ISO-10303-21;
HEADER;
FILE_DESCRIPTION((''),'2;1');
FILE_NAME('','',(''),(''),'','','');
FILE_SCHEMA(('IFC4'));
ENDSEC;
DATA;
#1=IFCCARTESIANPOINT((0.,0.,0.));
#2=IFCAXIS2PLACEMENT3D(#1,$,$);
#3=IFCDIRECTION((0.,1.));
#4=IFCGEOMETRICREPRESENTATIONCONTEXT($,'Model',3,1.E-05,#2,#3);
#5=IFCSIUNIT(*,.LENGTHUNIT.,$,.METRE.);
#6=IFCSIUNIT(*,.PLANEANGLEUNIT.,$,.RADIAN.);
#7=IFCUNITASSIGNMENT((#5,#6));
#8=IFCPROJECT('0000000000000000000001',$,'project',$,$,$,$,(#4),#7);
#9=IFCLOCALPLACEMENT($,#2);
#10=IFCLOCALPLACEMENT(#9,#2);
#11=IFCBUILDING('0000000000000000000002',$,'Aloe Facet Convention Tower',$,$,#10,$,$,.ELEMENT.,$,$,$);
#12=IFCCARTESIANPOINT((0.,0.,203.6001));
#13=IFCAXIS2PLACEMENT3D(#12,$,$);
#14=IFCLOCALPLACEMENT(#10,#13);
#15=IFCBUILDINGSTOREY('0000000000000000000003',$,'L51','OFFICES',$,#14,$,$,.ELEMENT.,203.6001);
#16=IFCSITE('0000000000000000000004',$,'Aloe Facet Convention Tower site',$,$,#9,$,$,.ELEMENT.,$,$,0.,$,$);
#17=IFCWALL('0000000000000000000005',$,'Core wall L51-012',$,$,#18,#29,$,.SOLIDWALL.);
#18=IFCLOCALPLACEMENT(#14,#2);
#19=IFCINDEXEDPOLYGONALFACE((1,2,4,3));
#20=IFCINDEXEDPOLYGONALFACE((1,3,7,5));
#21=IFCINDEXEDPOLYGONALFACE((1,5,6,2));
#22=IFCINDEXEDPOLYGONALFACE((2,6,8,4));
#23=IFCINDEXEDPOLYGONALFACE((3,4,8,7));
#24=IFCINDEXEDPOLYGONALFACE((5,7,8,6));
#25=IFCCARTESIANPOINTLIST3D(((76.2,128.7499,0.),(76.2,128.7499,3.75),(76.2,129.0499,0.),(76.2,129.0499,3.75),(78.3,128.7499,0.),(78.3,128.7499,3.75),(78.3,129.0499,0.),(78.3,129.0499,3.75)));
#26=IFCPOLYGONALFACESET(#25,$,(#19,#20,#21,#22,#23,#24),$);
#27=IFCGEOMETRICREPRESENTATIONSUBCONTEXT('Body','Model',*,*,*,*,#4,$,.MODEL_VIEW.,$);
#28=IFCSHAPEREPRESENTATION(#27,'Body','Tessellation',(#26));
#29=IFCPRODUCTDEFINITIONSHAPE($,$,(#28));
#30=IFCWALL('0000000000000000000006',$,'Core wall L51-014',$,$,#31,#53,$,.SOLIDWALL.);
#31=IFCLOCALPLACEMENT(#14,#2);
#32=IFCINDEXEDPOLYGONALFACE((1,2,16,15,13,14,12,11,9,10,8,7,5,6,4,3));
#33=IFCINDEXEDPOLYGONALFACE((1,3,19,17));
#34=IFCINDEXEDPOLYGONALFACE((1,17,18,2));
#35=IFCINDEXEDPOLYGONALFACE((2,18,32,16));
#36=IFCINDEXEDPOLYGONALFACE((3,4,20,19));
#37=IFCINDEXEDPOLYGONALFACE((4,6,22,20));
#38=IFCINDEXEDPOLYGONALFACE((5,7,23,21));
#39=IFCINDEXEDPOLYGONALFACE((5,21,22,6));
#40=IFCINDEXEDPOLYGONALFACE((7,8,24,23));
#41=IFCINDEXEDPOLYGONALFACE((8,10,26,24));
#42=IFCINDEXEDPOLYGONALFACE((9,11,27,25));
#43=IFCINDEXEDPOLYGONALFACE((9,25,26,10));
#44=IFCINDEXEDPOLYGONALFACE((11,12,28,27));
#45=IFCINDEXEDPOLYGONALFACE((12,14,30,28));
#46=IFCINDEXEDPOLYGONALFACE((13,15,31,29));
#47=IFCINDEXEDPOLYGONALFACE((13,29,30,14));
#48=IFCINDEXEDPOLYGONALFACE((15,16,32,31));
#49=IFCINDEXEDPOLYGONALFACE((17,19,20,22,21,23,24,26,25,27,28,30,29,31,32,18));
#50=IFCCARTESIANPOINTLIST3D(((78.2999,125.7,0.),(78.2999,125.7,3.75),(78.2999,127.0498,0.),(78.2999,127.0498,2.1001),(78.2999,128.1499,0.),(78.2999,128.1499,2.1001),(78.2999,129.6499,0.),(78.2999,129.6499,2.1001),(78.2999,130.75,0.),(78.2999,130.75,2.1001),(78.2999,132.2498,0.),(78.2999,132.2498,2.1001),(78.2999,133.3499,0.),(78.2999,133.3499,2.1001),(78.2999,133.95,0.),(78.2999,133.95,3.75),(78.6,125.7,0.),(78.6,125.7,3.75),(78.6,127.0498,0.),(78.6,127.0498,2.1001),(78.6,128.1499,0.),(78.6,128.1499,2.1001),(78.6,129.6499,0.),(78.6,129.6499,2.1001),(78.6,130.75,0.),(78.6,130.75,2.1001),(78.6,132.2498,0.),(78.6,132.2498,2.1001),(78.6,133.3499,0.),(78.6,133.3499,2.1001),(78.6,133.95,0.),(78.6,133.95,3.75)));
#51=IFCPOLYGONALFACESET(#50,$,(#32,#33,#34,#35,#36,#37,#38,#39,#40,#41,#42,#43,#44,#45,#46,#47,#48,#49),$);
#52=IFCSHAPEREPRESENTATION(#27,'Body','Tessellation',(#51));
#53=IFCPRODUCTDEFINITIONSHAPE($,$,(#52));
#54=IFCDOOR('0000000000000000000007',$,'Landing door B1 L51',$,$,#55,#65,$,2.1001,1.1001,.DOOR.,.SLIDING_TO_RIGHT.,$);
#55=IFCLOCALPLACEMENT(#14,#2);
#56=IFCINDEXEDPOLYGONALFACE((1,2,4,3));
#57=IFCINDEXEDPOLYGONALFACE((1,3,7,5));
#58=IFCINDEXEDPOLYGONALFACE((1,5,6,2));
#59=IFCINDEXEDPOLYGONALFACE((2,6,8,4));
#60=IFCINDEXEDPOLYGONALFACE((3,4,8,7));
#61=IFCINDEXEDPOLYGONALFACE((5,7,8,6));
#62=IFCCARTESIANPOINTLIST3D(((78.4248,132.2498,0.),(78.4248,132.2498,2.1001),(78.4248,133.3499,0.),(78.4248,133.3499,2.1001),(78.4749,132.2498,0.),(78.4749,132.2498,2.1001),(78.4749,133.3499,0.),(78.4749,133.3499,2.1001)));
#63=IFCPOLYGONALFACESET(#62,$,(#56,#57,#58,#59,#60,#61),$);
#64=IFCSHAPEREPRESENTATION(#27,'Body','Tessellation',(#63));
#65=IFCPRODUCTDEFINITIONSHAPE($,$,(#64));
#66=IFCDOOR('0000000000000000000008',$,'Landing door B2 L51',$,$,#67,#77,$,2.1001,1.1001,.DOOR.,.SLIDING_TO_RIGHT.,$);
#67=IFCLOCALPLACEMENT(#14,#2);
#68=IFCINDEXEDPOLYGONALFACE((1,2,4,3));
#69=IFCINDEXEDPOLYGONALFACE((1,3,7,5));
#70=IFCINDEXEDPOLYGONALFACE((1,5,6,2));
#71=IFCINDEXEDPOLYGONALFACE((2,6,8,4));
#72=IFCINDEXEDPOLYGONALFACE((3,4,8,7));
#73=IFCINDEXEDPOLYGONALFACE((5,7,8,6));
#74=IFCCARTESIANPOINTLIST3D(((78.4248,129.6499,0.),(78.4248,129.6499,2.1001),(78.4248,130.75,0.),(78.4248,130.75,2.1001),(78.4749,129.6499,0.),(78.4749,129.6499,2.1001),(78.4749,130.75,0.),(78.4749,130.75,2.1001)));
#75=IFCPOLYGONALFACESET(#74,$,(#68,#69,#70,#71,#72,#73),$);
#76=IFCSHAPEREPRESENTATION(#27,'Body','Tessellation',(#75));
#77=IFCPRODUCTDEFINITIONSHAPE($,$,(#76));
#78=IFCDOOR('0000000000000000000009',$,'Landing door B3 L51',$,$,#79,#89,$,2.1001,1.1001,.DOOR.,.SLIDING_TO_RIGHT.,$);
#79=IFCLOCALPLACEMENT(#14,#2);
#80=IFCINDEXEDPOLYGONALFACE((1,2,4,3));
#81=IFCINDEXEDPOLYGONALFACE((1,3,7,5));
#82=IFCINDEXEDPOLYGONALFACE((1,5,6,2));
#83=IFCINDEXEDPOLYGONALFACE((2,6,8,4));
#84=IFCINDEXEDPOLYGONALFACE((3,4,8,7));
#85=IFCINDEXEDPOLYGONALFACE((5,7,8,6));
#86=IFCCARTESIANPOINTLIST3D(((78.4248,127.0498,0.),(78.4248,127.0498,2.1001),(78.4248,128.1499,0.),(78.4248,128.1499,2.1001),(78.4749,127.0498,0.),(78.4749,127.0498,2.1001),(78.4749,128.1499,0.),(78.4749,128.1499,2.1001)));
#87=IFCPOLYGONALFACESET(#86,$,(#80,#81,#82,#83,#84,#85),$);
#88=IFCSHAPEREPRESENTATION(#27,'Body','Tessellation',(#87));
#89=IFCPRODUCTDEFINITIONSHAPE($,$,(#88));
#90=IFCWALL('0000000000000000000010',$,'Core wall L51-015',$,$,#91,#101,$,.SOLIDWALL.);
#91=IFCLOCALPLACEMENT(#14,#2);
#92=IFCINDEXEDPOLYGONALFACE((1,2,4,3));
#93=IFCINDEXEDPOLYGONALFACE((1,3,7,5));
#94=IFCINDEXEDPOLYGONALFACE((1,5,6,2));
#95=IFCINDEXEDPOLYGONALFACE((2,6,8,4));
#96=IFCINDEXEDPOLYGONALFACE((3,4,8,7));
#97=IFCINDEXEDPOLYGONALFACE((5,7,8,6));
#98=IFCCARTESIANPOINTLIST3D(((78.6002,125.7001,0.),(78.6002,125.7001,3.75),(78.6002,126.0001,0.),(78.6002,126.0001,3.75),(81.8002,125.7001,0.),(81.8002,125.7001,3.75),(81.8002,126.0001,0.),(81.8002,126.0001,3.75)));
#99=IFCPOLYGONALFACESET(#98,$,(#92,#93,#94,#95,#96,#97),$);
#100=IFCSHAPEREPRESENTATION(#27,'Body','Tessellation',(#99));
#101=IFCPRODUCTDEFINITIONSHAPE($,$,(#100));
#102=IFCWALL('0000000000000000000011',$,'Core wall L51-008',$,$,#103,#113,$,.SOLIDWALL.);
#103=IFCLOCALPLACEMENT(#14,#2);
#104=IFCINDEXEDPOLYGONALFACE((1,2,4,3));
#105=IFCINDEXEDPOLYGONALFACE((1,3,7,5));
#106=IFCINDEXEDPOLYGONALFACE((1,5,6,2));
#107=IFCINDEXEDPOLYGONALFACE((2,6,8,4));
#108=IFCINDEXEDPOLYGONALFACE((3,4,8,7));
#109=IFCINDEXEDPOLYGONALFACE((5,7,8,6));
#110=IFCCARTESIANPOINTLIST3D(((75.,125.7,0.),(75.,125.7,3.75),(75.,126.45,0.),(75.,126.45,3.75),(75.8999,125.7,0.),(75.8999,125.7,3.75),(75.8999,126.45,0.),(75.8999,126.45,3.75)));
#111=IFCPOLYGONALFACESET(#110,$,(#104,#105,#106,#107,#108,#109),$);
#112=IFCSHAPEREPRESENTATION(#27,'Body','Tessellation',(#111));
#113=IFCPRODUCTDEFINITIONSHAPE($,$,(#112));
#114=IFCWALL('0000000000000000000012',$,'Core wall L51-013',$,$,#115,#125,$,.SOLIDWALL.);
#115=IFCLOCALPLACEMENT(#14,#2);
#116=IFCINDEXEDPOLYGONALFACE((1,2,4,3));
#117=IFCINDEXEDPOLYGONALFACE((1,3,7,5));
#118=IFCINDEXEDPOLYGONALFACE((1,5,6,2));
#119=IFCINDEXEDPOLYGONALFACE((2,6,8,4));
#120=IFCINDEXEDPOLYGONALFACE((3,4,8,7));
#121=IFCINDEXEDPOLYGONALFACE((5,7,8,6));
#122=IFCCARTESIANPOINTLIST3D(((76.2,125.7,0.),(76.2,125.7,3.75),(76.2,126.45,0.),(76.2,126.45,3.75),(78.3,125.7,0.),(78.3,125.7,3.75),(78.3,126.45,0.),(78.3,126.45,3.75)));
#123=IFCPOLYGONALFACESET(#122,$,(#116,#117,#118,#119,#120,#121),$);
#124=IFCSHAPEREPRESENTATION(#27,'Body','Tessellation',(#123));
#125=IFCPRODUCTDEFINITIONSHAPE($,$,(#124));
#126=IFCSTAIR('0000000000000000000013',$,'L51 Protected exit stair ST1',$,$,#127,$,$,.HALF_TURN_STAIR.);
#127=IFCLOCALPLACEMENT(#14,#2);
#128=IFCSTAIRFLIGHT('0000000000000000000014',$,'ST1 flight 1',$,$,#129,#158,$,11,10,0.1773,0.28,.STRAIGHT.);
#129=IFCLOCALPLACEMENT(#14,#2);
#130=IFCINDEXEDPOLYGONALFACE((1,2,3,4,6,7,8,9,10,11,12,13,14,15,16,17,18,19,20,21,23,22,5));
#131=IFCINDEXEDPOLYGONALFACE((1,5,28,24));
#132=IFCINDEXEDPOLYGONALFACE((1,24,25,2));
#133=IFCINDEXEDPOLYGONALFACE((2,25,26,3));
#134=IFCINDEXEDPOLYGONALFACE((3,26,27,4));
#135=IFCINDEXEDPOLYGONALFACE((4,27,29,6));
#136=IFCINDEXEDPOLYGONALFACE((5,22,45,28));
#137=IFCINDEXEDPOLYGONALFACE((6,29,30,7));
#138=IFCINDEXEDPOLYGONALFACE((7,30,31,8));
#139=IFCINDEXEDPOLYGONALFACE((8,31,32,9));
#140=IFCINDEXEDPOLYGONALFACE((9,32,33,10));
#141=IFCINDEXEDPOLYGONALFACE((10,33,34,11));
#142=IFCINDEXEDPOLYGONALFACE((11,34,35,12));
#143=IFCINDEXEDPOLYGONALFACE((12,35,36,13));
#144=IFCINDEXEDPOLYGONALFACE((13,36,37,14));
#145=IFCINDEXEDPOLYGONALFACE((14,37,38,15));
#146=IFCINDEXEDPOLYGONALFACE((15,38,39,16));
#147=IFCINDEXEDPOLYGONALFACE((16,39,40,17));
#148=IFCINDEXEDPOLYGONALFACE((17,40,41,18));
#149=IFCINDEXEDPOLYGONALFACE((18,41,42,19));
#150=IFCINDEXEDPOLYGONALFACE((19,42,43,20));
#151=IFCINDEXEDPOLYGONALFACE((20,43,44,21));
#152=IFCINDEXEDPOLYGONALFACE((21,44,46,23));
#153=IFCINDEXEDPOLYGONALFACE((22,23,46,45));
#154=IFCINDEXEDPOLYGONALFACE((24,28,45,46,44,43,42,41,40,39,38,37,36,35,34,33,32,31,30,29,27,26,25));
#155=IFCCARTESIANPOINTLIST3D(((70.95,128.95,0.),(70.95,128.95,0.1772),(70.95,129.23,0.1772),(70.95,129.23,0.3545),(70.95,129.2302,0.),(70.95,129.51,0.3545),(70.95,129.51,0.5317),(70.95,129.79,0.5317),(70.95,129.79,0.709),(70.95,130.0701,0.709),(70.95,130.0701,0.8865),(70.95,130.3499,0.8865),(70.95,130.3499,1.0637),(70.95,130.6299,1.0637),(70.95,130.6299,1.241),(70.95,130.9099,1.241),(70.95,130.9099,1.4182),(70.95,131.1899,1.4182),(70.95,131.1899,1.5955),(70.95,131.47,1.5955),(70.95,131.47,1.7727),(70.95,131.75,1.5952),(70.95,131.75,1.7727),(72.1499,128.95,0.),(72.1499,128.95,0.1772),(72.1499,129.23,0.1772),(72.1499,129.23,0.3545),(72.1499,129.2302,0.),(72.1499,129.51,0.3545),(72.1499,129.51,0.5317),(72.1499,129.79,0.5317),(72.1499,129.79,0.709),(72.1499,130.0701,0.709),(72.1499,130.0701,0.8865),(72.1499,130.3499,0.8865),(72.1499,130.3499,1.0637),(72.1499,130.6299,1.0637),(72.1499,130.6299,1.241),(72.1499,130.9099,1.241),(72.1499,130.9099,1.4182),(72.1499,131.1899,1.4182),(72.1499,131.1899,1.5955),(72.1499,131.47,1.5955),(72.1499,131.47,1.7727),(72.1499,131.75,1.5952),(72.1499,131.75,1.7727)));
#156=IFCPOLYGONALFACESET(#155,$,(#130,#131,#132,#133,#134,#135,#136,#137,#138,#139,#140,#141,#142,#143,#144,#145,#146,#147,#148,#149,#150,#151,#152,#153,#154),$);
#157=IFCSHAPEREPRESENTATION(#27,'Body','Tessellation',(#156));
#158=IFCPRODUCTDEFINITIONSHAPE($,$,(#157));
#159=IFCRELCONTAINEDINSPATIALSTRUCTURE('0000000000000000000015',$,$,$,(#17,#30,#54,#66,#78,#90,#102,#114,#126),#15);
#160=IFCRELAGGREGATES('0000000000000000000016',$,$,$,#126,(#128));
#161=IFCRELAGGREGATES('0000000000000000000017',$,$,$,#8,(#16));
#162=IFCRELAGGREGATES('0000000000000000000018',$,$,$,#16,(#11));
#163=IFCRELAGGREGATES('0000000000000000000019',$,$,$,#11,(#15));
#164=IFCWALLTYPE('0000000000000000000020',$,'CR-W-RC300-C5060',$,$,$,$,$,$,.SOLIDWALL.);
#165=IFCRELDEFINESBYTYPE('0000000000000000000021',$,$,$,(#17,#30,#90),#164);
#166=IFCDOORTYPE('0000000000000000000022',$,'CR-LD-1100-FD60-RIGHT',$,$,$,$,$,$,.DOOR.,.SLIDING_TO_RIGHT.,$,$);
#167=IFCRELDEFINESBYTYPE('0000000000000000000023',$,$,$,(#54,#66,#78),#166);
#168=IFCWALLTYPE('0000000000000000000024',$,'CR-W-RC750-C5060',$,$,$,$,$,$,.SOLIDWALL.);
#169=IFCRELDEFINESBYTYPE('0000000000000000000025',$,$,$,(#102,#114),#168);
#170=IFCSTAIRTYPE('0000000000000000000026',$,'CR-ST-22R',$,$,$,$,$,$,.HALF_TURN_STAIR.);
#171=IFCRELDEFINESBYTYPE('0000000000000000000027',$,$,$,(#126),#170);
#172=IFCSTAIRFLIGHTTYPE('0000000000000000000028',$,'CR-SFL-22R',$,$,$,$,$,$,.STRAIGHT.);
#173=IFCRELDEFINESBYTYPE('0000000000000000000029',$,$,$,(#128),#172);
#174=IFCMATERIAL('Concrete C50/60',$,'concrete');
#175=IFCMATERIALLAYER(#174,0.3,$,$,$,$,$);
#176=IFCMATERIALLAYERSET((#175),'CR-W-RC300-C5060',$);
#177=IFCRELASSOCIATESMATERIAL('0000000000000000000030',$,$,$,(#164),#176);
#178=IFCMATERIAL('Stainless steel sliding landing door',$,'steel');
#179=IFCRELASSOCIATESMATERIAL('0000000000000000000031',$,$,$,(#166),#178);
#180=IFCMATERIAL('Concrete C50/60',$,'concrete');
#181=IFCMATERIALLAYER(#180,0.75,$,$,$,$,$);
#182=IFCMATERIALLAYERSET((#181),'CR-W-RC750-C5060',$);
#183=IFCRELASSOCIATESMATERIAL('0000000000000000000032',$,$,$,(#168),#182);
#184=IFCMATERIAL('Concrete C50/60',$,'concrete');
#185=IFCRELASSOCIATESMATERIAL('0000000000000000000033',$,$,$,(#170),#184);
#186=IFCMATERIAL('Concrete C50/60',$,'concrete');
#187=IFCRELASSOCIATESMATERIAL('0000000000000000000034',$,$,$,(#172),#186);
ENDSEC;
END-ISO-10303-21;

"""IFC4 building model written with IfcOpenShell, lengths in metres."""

from ifc_helpers import new_model, si_unit, direction, frame, frame_2d, origin, place, context, subcontext, project, spatial, polyline, rectangle, outline, extrude, material, layer, layer_set, type_object, element, fill, aggregate, save


model = new_model("IFC4")

# Units and contexts
model_context = context("Model", 3, precision=1e-05, world=origin(), true_north=direction((0.0, 1.0)))
body_context = subcontext(model_context, "Body", "Model", "MODEL_VIEW")
ifc_project = project(units=[si_unit("LENGTHUNIT", "METRE"), si_unit("PLANEANGLEUNIT", "RADIAN")], contexts=[model_context])

# Site, building, storey
site_placement = place(None, origin())
site = spatial("IfcSite", under=ifc_project, at=site_placement, Name="Aloe Facet Convention Tower site", CompositionType="ELEMENT", RefElevation=0.0)
building_placement = place(site_placement, origin())
building = spatial("IfcBuilding", under=site, at=building_placement, Name="Aloe Facet Convention Tower", CompositionType="ELEMENT")
storey_placement = place(building_placement, frame((0.0, 0.0, 203.6001)))
storey = spatial("IfcBuildingStorey", under=building, at=storey_placement, Name="L51", Description="OFFICES", CompositionType="ELEMENT", Elevation=203.6001)

# Shared definitions
ifc_material_1 = material(Name="Concrete C50/60", Category="concrete")
ifc_layer_1 = layer(ifc_material_1, 0.3)
ifc_layer_set_1 = layer_set([ifc_layer_1], Name="CR-W-RC300-C5060")
wall_type_1 = type_object("IfcWallType", Name="CR-W-RC300-C5060", PredefinedType="SOLIDWALL", material=ifc_layer_set_1)

# Wall
for number, where, z_axis, x_axis, name in (
    (1, (76.2, 128.8999, 0.0), (0.0, 0.0, 1.0), (1.0, 0.0, 0.0), "Core wall L51-012"),
):
    element("IfcWall", number, at=place(storey_placement, frame(where, z_axis=z_axis, x_axis=x_axis)), inside=storey, type_object=wall_type_1, Name=name, PredefinedType="SOLIDWALL", context=body_context, shape_type="SweptSolid", body=[
        extrude(rectangle(XDim=2.1001, YDim=0.3, at=frame_2d((1.05, 0.0))), origin(), (0.0, 0.0, 1.0), 3.75),
    ])

# Wall, openings, doors
wall_1_placement = place(storey_placement, frame((78.45, 133.95, 0.0), z_axis=(0.0, 0.0, 1.0), x_axis=(0.0, -1.0, 0.0)))
wall_1 = element("IfcWall", 2, at=wall_1_placement, inside=storey, type_object=wall_type_1, Name="Core wall L51-014", PredefinedType="SOLIDWALL", context=body_context, shape_type="SweptSolid", body=[
    extrude(rectangle(XDim=8.25, YDim=0.3, at=frame_2d((4.125, 0.0))), origin(), (0.0, 0.0, 1.0), 3.75),
])
opening_1_placement = place(wall_1_placement, frame((0.6001, 0.0, 0.0)))
opening_1 = element("IfcOpeningElement", 3, at=opening_1_placement, cuts=wall_1, PredefinedType="OPENING", context=body_context, shape_type="SweptSolid", body=[
    extrude(rectangle(XDim=1.1001, YDim=2.1001, at=frame_2d((0.55, 1.05))), frame((0.0, 0.1602, 0.0), z_axis=(0.0, -1.0, 0.0), x_axis=(1.0, 0.0, 0.0)), (0.0, 0.0, 1.0), 0.3201),
])
opening_2_placement = place(wall_1_placement, frame((3.2, 0.0, 0.0)))
opening_2 = element("IfcOpeningElement", 4, at=opening_2_placement, cuts=wall_1, PredefinedType="OPENING", context=body_context, shape_type="SweptSolid", body=[
    extrude(rectangle(XDim=1.1001, YDim=2.1001, at=frame_2d((0.55, 1.05))), frame((0.0, 0.1602, 0.0), z_axis=(0.0, -1.0, 0.0), x_axis=(1.0, 0.0, 0.0)), (0.0, 0.0, 1.0), 0.3201),
])
opening_3_placement = place(wall_1_placement, frame((5.8, 0.0, 0.0)))
opening_3 = element("IfcOpeningElement", 5, at=opening_3_placement, cuts=wall_1, PredefinedType="OPENING", context=body_context, shape_type="SweptSolid", body=[
    extrude(rectangle(XDim=1.1001, YDim=2.1001, at=frame_2d((0.55, 1.05))), frame((0.0, 0.1602, 0.0), z_axis=(0.0, -1.0, 0.0), x_axis=(1.0, 0.0, 0.0)), (0.0, 0.0, 1.0), 0.3201),
])
ifc_material_2 = material(Name="Stainless steel sliding landing door", Category="steel")
door_type_1 = type_object("IfcDoorType", Name="CR-LD-1100-FD60-RIGHT", OperationType="SLIDING_TO_RIGHT", PredefinedType="DOOR", material=ifc_material_2)
door_1_placement = place(opening_1_placement, origin())
door_1 = element("IfcDoor", 6, at=door_1_placement, inside=storey, type_object=door_type_1, Name="Landing door B1 L51", OperationType="SLIDING_TO_RIGHT", OverallHeight=2.1001, OverallWidth=1.1001, PredefinedType="DOOR", context=body_context, shape_type="SweptSolid", body=[
    extrude(rectangle(XDim=1.1001, YDim=2.1001, at=frame_2d((0.55, 1.05))), frame((0.0, 0.0249, 0.0), z_axis=(0.0, -1.0, 0.0), x_axis=(1.0, 0.0, 0.0)), (0.0, 0.0, 1.0), 0.05),
])
fill(opening_1, door_1)
door_2_placement = place(opening_2_placement, origin())
door_2 = element("IfcDoor", 7, at=door_2_placement, inside=storey, type_object=door_type_1, Name="Landing door B2 L51", OperationType="SLIDING_TO_RIGHT", OverallHeight=2.1001, OverallWidth=1.1001, PredefinedType="DOOR", context=body_context, shape_type="SweptSolid", body=[
    extrude(rectangle(XDim=1.1001, YDim=2.1001, at=frame_2d((0.55, 1.05))), frame((0.0, 0.0249, 0.0), z_axis=(0.0, -1.0, 0.0), x_axis=(1.0, 0.0, 0.0)), (0.0, 0.0, 1.0), 0.05),
])
fill(opening_2, door_2)
door_3_placement = place(opening_3_placement, origin())
door_3 = element("IfcDoor", 8, at=door_3_placement, inside=storey, type_object=door_type_1, Name="Landing door B3 L51", OperationType="SLIDING_TO_RIGHT", OverallHeight=2.1001, OverallWidth=1.1001, PredefinedType="DOOR", context=body_context, shape_type="SweptSolid", body=[
    extrude(rectangle(XDim=1.1001, YDim=2.1001, at=frame_2d((0.55, 1.05))), frame((0.0, 0.0249, 0.0), z_axis=(0.0, -1.0, 0.0), x_axis=(1.0, 0.0, 0.0)), (0.0, 0.0, 1.0), 0.05),
])
fill(opening_3, door_3)

# Walls
wall_2_placement = place(storey_placement, frame((78.6001, 125.8501, 0.0), z_axis=(0.0, 0.0, 1.0), x_axis=(1.0, 0.0, 0.0)))
element("IfcWall", 9, at=wall_2_placement, inside=storey, type_object=wall_type_1, Name="Core wall L51-015", PredefinedType="SOLIDWALL", context=body_context, shape_type="SweptSolid", body=[
    extrude(rectangle(XDim=3.2, YDim=0.3, at=frame_2d((1.6001, 0.0))), origin(), (0.0, 0.0, 1.0), 3.75),
])
ifc_material_3 = material(Name="Concrete C50/60", Category="concrete")
ifc_layer_2 = layer(ifc_material_3, 0.75)
ifc_layer_set_2 = layer_set([ifc_layer_2], Name="CR-W-RC750-C5060")
wall_type_2 = type_object("IfcWallType", Name="CR-W-RC750-C5060", PredefinedType="SOLIDWALL", material=ifc_layer_set_2)
wall_3_placement = place(storey_placement, frame((75.0, 126.075, 0.0), z_axis=(0.0, 0.0, 1.0), x_axis=(1.0, 0.0, 0.0)))
element("IfcWall", 10, at=wall_3_placement, inside=storey, type_object=wall_type_2, Name="Core wall L51-008", PredefinedType="SOLIDWALL", context=body_context, shape_type="SweptSolid", body=[
    extrude(rectangle(XDim=0.8999, YDim=0.75, at=frame_2d((0.45, 0.0))), origin(), (0.0, 0.0, 1.0), 3.75),
])
wall_4_placement = place(storey_placement, frame((76.2, 126.075, 0.0), z_axis=(0.0, 0.0, 1.0), x_axis=(1.0, 0.0, 0.0)))
element("IfcWall", 11, at=wall_4_placement, inside=storey, type_object=wall_type_2, Name="Core wall L51-013", PredefinedType="SOLIDWALL", context=body_context, shape_type="SweptSolid", body=[
    extrude(rectangle(XDim=2.1001, YDim=0.75, at=frame_2d((1.05, 0.0))), origin(), (0.0, 0.0, 1.0), 3.75),
])

# Stair, stair flight
ifc_material_4 = material(Name="Concrete C50/60", Category="concrete")
stair_type = type_object("IfcStairType", Name="CR-ST-22R", PredefinedType="HALF_TURN_STAIR", material=ifc_material_4)
stair_1_placement = place(storey_placement, origin())
stair_1 = element("IfcStair", 12, at=stair_1_placement, inside=storey, type_object=stair_type, Name="L51 Protected exit stair ST1", PredefinedType="HALF_TURN_STAIR")
ifc_material_5 = material(Name="Concrete C50/60", Category="concrete")
stair_flight_type = type_object("IfcStairFlightType", Name="CR-SFL-22R", PredefinedType="STRAIGHT", material=ifc_material_5)
stair_flight_1_placement = place(storey_placement, frame((71.55, 128.95, 0.0), z_axis=(0.0, 0.0, 1.0), x_axis=(0.0, 1.0, 0.0)))
stair_flight_1 = element("IfcStairFlight", 13, at=stair_flight_1_placement, type_object=stair_flight_type, Name="ST1 flight 1", NumberOfRisers=11, NumberOfTreads=10, PredefinedType="STRAIGHT", RiserHeight=0.1773, TreadLength=0.28, context=body_context, shape_type="SweptSolid", body=[
    extrude(outline(polyline([(0.0, 0.0), (0.0, 0.1772), (0.28, 0.1772), (0.28, 0.3545), (0.5601, 0.3545), (0.5601, 0.5317), (0.8401, 0.5317), (0.8401, 0.709), (1.1201, 0.709), (1.1201, 0.8865), (1.3999, 0.8865), (1.3999, 1.0637), (1.6799, 1.0637), (1.6799, 1.241), (1.96, 1.241), (1.96, 1.4182), (2.24, 1.4182), (2.24, 1.5955), (2.52, 1.5955), (2.52, 1.7727), (2.8, 1.7727), (2.8, 1.95), (2.8, 1.5952), (0.2803, 0.0), (0.0, 0.0)])), frame((0.0, 0.6001, 0.0), z_axis=(0.0, -1.0, 0.0), x_axis=(1.0, 0.0, 0.0)), (0.0, 0.0, 1.0), 1.2),
])
aggregate(stair_1, [stair_flight_1])

save(model, "model.ifc")
